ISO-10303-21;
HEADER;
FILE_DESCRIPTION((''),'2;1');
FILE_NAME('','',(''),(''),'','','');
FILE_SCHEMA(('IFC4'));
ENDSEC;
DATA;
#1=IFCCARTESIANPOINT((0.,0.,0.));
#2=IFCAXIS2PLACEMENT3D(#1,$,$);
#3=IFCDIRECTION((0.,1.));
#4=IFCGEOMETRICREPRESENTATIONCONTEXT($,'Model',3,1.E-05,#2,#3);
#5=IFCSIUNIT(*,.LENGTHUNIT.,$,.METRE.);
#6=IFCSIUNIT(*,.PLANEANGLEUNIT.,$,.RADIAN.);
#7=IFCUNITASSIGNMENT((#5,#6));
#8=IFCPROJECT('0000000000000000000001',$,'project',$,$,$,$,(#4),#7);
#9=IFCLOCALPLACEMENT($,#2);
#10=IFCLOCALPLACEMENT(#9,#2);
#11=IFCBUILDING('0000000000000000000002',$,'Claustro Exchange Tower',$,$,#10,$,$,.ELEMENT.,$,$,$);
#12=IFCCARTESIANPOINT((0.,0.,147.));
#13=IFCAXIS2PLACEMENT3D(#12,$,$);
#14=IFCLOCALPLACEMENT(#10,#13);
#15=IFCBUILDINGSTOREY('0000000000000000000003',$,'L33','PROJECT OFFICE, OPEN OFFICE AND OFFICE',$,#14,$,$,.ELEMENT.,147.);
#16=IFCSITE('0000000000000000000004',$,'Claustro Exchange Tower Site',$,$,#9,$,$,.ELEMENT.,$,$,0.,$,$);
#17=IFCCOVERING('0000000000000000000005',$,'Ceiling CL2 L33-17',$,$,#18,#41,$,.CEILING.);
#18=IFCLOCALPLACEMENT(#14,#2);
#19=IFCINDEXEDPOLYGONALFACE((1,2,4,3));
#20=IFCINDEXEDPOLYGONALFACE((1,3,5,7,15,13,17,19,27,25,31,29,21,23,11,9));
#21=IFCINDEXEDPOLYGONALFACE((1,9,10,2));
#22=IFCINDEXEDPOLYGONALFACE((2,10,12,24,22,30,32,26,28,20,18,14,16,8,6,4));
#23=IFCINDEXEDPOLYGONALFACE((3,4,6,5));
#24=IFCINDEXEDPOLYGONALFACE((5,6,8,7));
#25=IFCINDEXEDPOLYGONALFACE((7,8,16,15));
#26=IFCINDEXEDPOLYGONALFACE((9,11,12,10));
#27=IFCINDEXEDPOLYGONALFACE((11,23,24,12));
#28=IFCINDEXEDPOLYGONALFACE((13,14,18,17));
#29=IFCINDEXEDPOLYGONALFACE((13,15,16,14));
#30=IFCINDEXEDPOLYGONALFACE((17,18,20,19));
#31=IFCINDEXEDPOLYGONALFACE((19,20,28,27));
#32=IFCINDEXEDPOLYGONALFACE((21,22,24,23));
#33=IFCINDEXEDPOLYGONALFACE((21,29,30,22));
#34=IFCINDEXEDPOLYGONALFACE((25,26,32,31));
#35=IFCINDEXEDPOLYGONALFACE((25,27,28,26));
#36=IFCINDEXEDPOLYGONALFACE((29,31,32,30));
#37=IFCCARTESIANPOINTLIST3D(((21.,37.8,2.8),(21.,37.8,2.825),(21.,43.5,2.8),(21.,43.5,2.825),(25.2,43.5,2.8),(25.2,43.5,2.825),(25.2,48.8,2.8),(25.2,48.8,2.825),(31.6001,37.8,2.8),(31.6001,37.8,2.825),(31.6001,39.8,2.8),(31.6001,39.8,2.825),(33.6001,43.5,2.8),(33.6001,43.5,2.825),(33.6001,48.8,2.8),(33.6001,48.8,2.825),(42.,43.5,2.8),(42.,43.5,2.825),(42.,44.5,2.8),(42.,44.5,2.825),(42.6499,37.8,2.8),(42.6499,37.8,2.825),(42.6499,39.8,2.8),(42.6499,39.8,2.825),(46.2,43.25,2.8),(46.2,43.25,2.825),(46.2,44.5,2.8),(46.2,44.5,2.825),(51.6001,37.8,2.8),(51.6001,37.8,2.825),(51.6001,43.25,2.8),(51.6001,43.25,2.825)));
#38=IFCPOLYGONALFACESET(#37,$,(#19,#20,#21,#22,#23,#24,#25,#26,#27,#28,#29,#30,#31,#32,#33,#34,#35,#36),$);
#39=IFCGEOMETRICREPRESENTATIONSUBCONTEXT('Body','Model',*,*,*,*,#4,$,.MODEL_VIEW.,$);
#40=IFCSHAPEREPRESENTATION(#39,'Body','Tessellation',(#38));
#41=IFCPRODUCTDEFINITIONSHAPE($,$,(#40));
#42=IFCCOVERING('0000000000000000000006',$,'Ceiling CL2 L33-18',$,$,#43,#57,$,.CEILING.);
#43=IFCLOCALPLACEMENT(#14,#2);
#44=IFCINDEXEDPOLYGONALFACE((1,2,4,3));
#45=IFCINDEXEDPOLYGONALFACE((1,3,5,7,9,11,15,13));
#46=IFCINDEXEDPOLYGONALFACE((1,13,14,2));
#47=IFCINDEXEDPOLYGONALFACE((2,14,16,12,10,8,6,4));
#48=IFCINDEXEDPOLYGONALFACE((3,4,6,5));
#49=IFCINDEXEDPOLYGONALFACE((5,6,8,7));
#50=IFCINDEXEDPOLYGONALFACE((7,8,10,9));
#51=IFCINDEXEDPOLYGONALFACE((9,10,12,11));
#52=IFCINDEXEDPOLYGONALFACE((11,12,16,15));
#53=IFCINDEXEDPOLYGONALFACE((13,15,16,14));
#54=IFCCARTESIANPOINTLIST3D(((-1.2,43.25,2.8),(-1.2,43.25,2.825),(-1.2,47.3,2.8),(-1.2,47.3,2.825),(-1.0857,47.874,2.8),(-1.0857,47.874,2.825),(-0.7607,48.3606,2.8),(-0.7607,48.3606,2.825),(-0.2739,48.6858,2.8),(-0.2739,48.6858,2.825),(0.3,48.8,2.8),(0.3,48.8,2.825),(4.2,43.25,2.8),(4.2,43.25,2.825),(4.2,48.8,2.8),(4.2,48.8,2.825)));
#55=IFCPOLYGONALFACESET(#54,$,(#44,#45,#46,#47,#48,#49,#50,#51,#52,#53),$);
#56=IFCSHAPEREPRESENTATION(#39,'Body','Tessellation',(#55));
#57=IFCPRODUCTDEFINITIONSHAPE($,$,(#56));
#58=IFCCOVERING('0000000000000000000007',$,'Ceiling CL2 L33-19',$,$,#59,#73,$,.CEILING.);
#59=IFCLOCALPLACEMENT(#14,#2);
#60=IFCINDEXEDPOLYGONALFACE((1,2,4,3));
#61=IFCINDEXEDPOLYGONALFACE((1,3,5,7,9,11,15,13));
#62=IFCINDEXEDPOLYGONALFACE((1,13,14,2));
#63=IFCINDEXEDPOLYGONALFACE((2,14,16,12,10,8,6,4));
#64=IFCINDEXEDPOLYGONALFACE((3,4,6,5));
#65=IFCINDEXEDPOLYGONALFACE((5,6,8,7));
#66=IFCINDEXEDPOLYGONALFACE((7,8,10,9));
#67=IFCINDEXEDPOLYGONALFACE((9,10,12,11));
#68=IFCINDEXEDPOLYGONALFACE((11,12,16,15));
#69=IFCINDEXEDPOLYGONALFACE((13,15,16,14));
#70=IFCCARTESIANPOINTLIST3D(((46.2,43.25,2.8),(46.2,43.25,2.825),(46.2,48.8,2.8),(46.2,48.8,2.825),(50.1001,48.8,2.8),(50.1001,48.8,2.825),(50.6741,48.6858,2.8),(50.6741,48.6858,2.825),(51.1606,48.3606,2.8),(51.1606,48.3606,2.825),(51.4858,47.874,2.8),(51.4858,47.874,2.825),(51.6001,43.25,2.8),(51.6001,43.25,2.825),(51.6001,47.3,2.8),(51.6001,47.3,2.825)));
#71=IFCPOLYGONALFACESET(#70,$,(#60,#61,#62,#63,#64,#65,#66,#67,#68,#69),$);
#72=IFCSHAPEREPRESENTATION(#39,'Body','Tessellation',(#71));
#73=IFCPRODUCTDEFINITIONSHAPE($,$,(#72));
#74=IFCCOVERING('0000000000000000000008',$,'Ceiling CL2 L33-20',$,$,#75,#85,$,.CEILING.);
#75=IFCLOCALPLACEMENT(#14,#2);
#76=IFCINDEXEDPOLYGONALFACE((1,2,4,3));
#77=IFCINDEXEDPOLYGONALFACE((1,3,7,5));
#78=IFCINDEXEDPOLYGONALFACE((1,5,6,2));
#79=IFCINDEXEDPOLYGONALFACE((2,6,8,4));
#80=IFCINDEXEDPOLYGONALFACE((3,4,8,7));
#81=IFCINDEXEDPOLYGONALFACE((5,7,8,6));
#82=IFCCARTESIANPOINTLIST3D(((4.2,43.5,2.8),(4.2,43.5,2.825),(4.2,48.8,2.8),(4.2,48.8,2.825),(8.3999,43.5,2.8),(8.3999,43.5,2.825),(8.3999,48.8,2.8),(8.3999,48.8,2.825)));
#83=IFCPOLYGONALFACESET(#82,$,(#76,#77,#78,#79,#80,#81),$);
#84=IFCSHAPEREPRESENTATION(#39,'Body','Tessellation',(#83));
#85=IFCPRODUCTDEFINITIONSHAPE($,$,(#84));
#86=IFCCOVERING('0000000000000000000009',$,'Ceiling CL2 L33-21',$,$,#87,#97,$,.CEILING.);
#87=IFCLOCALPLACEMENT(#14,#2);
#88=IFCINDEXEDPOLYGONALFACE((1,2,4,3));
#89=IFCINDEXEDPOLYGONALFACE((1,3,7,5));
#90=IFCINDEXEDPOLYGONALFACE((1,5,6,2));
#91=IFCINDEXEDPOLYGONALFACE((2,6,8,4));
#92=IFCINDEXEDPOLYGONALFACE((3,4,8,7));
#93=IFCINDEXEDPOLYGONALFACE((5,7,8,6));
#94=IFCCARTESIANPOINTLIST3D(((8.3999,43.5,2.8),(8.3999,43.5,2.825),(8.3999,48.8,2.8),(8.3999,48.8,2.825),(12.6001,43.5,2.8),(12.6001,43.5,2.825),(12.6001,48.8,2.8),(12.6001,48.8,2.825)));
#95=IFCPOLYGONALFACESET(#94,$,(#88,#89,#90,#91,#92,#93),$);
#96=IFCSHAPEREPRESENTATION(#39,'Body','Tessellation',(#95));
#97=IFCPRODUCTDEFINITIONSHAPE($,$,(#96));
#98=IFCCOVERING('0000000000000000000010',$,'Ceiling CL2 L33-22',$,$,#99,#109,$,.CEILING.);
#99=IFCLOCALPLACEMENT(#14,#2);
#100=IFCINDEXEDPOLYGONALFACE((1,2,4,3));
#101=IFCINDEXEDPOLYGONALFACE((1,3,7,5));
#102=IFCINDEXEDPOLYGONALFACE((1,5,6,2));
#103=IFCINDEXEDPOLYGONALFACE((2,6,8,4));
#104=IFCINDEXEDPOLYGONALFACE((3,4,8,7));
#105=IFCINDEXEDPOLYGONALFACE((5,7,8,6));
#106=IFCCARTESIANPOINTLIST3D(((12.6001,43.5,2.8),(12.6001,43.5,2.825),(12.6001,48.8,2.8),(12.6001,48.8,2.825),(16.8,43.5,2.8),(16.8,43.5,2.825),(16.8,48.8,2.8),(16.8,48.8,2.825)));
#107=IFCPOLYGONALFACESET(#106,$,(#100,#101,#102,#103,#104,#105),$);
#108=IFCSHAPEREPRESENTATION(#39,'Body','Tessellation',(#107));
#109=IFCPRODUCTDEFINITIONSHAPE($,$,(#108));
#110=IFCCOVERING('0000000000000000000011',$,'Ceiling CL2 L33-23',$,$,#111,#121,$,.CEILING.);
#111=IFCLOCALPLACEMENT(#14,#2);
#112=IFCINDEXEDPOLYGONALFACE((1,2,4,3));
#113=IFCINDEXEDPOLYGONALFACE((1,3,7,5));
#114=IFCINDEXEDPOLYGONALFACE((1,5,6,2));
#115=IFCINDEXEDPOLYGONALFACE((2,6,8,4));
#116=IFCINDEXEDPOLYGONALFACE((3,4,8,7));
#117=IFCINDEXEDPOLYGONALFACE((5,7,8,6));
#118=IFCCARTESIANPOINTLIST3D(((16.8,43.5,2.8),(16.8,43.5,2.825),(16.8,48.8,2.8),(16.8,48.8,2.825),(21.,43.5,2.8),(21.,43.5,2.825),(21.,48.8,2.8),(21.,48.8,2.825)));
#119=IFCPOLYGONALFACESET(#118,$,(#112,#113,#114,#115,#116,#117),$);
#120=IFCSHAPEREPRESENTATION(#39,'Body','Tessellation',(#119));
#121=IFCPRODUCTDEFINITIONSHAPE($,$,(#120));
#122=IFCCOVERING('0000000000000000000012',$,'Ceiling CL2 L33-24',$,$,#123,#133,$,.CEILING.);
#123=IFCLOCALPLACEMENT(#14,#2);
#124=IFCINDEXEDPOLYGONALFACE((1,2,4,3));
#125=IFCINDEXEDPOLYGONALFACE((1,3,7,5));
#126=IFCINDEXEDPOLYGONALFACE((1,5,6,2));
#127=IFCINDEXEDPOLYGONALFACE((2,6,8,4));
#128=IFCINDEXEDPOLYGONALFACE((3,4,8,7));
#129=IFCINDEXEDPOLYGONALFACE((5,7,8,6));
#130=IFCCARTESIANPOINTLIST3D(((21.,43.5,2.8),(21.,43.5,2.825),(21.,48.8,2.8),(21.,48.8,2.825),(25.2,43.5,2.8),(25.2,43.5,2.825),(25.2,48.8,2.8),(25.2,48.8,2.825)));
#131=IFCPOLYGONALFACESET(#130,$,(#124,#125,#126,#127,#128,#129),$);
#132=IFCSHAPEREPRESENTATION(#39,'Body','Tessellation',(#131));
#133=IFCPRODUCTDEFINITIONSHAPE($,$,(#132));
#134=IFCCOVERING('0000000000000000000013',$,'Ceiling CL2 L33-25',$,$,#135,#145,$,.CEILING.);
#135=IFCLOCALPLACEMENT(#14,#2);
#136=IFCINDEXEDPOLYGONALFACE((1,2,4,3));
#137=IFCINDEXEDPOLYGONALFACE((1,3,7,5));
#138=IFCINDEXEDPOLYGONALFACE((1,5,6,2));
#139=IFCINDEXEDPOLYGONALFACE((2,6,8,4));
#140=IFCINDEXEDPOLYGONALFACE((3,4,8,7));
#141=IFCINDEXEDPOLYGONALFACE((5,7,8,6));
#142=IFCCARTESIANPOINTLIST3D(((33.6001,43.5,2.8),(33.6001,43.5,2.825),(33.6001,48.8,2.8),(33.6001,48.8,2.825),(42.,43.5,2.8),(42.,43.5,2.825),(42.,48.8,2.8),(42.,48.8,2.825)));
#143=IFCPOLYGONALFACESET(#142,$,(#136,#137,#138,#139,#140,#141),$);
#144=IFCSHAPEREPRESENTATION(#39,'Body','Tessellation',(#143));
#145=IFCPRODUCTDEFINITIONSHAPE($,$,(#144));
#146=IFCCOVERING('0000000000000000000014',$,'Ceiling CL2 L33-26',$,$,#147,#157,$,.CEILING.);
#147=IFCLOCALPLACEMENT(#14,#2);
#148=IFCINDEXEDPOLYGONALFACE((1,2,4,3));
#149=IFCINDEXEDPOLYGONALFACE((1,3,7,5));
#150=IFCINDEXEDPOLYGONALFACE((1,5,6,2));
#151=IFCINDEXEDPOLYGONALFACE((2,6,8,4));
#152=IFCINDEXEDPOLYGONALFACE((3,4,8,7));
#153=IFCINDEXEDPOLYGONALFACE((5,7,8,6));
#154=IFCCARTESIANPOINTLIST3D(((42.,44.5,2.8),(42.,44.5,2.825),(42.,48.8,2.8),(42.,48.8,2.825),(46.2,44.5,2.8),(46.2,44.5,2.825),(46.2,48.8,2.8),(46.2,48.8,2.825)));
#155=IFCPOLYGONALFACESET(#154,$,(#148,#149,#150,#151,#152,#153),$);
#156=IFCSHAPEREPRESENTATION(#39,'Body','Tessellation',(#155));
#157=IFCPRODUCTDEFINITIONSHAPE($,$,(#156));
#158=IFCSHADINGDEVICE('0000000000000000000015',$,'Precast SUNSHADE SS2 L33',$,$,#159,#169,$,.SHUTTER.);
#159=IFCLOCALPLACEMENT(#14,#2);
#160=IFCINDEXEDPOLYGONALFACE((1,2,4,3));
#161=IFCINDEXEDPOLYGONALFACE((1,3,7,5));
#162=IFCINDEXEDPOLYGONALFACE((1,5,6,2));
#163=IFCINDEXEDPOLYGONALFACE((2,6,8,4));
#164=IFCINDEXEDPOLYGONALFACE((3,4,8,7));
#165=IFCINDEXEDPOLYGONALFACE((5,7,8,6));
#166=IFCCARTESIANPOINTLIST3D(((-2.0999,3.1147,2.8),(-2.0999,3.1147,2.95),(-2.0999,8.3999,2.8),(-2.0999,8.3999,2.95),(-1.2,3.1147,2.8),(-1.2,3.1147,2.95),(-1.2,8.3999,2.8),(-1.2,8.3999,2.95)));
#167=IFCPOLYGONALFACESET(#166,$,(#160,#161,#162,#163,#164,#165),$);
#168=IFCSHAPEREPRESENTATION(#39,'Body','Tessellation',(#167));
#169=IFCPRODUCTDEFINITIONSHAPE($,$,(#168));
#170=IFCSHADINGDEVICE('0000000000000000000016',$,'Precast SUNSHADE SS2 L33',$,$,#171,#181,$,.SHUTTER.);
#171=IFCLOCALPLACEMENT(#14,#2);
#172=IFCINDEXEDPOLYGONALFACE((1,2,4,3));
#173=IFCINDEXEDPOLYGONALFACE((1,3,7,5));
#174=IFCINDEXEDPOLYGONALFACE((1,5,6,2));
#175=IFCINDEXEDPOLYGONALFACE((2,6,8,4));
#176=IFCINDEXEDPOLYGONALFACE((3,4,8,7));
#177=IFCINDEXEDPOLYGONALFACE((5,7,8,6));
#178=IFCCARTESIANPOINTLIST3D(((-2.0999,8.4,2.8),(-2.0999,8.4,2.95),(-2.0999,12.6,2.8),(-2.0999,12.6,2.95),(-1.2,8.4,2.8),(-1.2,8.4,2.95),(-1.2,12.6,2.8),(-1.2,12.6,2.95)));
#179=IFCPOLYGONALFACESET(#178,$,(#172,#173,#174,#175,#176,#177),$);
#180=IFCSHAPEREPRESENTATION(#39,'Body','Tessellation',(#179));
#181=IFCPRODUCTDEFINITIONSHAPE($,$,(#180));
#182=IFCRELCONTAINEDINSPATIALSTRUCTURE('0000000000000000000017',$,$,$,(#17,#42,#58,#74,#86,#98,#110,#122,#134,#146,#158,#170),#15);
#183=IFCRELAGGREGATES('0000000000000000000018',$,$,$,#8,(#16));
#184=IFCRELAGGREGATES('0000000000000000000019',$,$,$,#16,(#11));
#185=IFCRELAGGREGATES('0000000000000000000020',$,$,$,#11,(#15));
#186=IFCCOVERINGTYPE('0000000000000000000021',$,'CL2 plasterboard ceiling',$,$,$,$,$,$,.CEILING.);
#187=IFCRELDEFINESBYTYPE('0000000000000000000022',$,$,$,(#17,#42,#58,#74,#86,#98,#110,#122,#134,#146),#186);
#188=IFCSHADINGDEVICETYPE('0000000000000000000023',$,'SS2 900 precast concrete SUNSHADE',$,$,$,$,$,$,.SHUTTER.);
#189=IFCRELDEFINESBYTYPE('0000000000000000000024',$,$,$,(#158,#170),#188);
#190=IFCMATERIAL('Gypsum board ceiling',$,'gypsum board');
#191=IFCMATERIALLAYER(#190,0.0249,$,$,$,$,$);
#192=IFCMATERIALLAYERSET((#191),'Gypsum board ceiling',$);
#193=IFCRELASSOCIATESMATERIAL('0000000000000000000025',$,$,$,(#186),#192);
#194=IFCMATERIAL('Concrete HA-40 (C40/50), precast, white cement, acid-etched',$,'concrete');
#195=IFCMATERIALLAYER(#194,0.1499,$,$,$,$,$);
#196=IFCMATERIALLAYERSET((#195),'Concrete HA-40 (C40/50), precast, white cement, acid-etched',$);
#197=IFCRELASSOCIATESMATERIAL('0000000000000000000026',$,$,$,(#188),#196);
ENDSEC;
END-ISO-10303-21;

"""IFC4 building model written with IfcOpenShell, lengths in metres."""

from ifc_helpers import new_model, si_unit, direction, frame, origin, origin_2d, place, context, subcontext, project, spatial, polyline, rectangle, outline, extrude, material, layer, layer_set, type_object, element, save


model = new_model("IFC4")

# Units and contexts
model_context = context("Model", 3, precision=1e-05, world=origin(), true_north=direction((0.0, 1.0)))
body_context = subcontext(model_context, "Body", "Model", "MODEL_VIEW")
ifc_project = project(units=[si_unit("LENGTHUNIT", "METRE"), si_unit("PLANEANGLEUNIT", "RADIAN")], contexts=[model_context])

# Site, building, storey
site_placement = place(None, origin())
site = spatial("IfcSite", under=ifc_project, at=site_placement, Name="Claustro Exchange Tower Site", CompositionType="ELEMENT", RefElevation=0.0)
building_placement = place(site_placement, origin())
building = spatial("IfcBuilding", under=site, at=building_placement, Name="Claustro Exchange Tower", CompositionType="ELEMENT")
storey_placement = place(building_placement, frame((0.0, 0.0, 147.0)))
storey = spatial("IfcBuildingStorey", under=building, at=storey_placement, Name="L33", Description="PROJECT OFFICE, OPEN OFFICE AND OFFICE", CompositionType="ELEMENT", Elevation=147.0)

# Coverings
ifc_material_1 = material(Name="Gypsum board ceiling", Category="gypsum board")
ifc_layer_1 = layer(ifc_material_1, 0.0249)
ifc_layer_set_1 = layer_set([ifc_layer_1], Name="Gypsum board ceiling")
covering_type = type_object("IfcCoveringType", Name="CL2 plasterboard ceiling", PredefinedType="CEILING", material=ifc_layer_set_1)
covering_1_placement = place(storey_placement, frame((0.0, 0.0, 2.8)))
element("IfcCovering", 1, at=covering_1_placement, inside=storey, type_object=covering_type, Name="Ceiling CL2 L33-17", PredefinedType="CEILING", context=body_context, shape_type="SweptSolid", body=[
    extrude(outline(polyline([(33.6001, 48.8), (25.2, 48.8), (25.2, 43.5), (21.0, 43.5), (21.0, 37.8), (31.6001, 37.8), (31.6001, 39.8), (42.6499, 39.8), (42.6499, 37.8), (51.6001, 37.8), (51.6001, 43.25), (46.2, 43.25), (46.2, 44.5), (42.0, 44.5), (42.0, 43.5), (33.6001, 43.5), (33.6001, 48.8)])), origin(), (0.0, 0.0, 1.0), 0.0249),
])
covering_2_placement = place(storey_placement, frame((0.0, 0.0, 2.8)))
element("IfcCovering", 2, at=covering_2_placement, inside=storey, type_object=covering_type, Name="Ceiling CL2 L33-18", PredefinedType="CEILING", context=body_context, shape_type="SweptSolid", body=[
    extrude(outline(polyline([(-1.2, 47.3), (-1.2, 43.25), (4.2, 43.25), (4.2, 48.8), (0.3, 48.8), (-0.2739, 48.6858), (-0.7607, 48.3606), (-1.0857, 47.874), (-1.2, 47.3)])), origin(), (0.0, 0.0, 1.0), 0.0249),
])
covering_3_placement = place(storey_placement, frame((0.0, 0.0, 2.8)))
element("IfcCovering", 3, at=covering_3_placement, inside=storey, type_object=covering_type, Name="Ceiling CL2 L33-19", PredefinedType="CEILING", context=body_context, shape_type="SweptSolid", body=[
    extrude(outline(polyline([(50.1001, 48.8), (46.2, 48.8), (46.2, 43.25), (51.6001, 43.25), (51.6001, 47.3), (51.4858, 47.874), (51.1606, 48.3606), (50.6741, 48.6858), (50.1001, 48.8)])), origin(), (0.0, 0.0, 1.0), 0.0249),
])
covering_4_placement = place(storey_placement, frame((0.0, 0.0, 2.8)))
element("IfcCovering", 4, at=covering_4_placement, inside=storey, type_object=covering_type, Name="Ceiling CL2 L33-20", PredefinedType="CEILING", context=body_context, shape_type="SweptSolid", body=[
    extrude(outline(polyline([(8.3999, 48.8), (4.2, 48.8), (4.2, 43.5), (8.3999, 43.5), (8.3999, 48.8)])), origin(), (0.0, 0.0, 1.0), 0.0249),
])
covering_5_placement = place(storey_placement, frame((0.0, 0.0, 2.8)))
element("IfcCovering", 5, at=covering_5_placement, inside=storey, type_object=covering_type, Name="Ceiling CL2 L33-21", PredefinedType="CEILING", context=body_context, shape_type="SweptSolid", body=[
    extrude(outline(polyline([(12.6001, 48.8), (8.3999, 48.8), (8.3999, 43.5), (12.6001, 43.5), (12.6001, 48.8)])), origin(), (0.0, 0.0, 1.0), 0.0249),
])
covering_6_placement = place(storey_placement, frame((0.0, 0.0, 2.8)))
element("IfcCovering", 6, at=covering_6_placement, inside=storey, type_object=covering_type, Name="Ceiling CL2 L33-22", PredefinedType="CEILING", context=body_context, shape_type="SweptSolid", body=[
    extrude(outline(polyline([(16.8, 48.8), (12.6001, 48.8), (12.6001, 43.5), (16.8, 43.5), (16.8, 48.8)])), origin(), (0.0, 0.0, 1.0), 0.0249),
])
covering_7_placement = place(storey_placement, frame((0.0, 0.0, 2.8)))
element("IfcCovering", 7, at=covering_7_placement, inside=storey, type_object=covering_type, Name="Ceiling CL2 L33-23", PredefinedType="CEILING", context=body_context, shape_type="SweptSolid", body=[
    extrude(outline(polyline([(21.0, 48.8), (16.8, 48.8), (16.8, 43.5), (21.0, 43.5), (21.0, 48.8)])), origin(), (0.0, 0.0, 1.0), 0.0249),
])
covering_8_placement = place(storey_placement, frame((0.0, 0.0, 2.8)))
element("IfcCovering", 8, at=covering_8_placement, inside=storey, type_object=covering_type, Name="Ceiling CL2 L33-24", PredefinedType="CEILING", context=body_context, shape_type="SweptSolid", body=[
    extrude(outline(polyline([(25.2, 48.8), (21.0, 48.8), (21.0, 43.5), (25.2, 43.5), (25.2, 48.8)])), origin(), (0.0, 0.0, 1.0), 0.0249),
])
covering_9_placement = place(storey_placement, frame((0.0, 0.0, 2.8)))
element("IfcCovering", 9, at=covering_9_placement, inside=storey, type_object=covering_type, Name="Ceiling CL2 L33-25", PredefinedType="CEILING", context=body_context, shape_type="SweptSolid", body=[
    extrude(outline(polyline([(42.0, 48.8), (33.6001, 48.8), (33.6001, 43.5), (42.0, 43.5), (42.0, 48.8)])), origin(), (0.0, 0.0, 1.0), 0.0249),
])
covering_10_placement = place(storey_placement, frame((0.0, 0.0, 2.8)))
element("IfcCovering", 10, at=covering_10_placement, inside=storey, type_object=covering_type, Name="Ceiling CL2 L33-26", PredefinedType="CEILING", context=body_context, shape_type="SweptSolid", body=[
    extrude(outline(polyline([(46.2, 48.8), (42.0, 48.8), (42.0, 44.5), (46.2, 44.5), (46.2, 48.8)])), origin(), (0.0, 0.0, 1.0), 0.0249),
])

# Shading devices
ifc_material_2 = material(Name="Concrete HA-40 (C40/50), precast, white cement, acid-etched", Category="concrete")
ifc_layer_2 = layer(ifc_material_2, 0.1499)
ifc_layer_set_2 = layer_set([ifc_layer_2], Name="Concrete HA-40 (C40/50), precast, white cement, acid-etched")
shading_device_type = type_object("IfcShadingDeviceType", Name="SS2 900 precast concrete SUNSHADE", PredefinedType="SHUTTER", material=ifc_layer_set_2)
shading_device_1_placement = place(storey_placement, frame((-1.6499, 5.7573, 2.8), z_axis=(0.0, 0.0, 1.0), x_axis=(0.0, 1.0, 0.0)))
element("IfcShadingDevice", 11, at=shading_device_1_placement, inside=storey, type_object=shading_device_type, Name="Precast SUNSHADE SS2 L33", PredefinedType="SHUTTER", context=body_context, shape_type="SweptSolid", body=[
    extrude(rectangle(XDim=5.2852, YDim=0.8999, at=origin_2d()), origin(), (0.0, 0.0, 1.0), 0.1499),
])
shading_device_2_placement = place(storey_placement, frame((-1.6499, 10.5, 2.8), z_axis=(0.0, 0.0, 1.0), x_axis=(0.0, 1.0, 0.0)))
element("IfcShadingDevice", 12, at=shading_device_2_placement, inside=storey, type_object=shading_device_type, Name="Precast SUNSHADE SS2 L33", PredefinedType="SHUTTER", context=body_context, shape_type="SweptSolid", body=[
    extrude(rectangle(XDim=4.2, YDim=0.8999, at=origin_2d()), origin(), (0.0, 0.0, 1.0), 0.1499),
])

save(model, "model.ifc")
